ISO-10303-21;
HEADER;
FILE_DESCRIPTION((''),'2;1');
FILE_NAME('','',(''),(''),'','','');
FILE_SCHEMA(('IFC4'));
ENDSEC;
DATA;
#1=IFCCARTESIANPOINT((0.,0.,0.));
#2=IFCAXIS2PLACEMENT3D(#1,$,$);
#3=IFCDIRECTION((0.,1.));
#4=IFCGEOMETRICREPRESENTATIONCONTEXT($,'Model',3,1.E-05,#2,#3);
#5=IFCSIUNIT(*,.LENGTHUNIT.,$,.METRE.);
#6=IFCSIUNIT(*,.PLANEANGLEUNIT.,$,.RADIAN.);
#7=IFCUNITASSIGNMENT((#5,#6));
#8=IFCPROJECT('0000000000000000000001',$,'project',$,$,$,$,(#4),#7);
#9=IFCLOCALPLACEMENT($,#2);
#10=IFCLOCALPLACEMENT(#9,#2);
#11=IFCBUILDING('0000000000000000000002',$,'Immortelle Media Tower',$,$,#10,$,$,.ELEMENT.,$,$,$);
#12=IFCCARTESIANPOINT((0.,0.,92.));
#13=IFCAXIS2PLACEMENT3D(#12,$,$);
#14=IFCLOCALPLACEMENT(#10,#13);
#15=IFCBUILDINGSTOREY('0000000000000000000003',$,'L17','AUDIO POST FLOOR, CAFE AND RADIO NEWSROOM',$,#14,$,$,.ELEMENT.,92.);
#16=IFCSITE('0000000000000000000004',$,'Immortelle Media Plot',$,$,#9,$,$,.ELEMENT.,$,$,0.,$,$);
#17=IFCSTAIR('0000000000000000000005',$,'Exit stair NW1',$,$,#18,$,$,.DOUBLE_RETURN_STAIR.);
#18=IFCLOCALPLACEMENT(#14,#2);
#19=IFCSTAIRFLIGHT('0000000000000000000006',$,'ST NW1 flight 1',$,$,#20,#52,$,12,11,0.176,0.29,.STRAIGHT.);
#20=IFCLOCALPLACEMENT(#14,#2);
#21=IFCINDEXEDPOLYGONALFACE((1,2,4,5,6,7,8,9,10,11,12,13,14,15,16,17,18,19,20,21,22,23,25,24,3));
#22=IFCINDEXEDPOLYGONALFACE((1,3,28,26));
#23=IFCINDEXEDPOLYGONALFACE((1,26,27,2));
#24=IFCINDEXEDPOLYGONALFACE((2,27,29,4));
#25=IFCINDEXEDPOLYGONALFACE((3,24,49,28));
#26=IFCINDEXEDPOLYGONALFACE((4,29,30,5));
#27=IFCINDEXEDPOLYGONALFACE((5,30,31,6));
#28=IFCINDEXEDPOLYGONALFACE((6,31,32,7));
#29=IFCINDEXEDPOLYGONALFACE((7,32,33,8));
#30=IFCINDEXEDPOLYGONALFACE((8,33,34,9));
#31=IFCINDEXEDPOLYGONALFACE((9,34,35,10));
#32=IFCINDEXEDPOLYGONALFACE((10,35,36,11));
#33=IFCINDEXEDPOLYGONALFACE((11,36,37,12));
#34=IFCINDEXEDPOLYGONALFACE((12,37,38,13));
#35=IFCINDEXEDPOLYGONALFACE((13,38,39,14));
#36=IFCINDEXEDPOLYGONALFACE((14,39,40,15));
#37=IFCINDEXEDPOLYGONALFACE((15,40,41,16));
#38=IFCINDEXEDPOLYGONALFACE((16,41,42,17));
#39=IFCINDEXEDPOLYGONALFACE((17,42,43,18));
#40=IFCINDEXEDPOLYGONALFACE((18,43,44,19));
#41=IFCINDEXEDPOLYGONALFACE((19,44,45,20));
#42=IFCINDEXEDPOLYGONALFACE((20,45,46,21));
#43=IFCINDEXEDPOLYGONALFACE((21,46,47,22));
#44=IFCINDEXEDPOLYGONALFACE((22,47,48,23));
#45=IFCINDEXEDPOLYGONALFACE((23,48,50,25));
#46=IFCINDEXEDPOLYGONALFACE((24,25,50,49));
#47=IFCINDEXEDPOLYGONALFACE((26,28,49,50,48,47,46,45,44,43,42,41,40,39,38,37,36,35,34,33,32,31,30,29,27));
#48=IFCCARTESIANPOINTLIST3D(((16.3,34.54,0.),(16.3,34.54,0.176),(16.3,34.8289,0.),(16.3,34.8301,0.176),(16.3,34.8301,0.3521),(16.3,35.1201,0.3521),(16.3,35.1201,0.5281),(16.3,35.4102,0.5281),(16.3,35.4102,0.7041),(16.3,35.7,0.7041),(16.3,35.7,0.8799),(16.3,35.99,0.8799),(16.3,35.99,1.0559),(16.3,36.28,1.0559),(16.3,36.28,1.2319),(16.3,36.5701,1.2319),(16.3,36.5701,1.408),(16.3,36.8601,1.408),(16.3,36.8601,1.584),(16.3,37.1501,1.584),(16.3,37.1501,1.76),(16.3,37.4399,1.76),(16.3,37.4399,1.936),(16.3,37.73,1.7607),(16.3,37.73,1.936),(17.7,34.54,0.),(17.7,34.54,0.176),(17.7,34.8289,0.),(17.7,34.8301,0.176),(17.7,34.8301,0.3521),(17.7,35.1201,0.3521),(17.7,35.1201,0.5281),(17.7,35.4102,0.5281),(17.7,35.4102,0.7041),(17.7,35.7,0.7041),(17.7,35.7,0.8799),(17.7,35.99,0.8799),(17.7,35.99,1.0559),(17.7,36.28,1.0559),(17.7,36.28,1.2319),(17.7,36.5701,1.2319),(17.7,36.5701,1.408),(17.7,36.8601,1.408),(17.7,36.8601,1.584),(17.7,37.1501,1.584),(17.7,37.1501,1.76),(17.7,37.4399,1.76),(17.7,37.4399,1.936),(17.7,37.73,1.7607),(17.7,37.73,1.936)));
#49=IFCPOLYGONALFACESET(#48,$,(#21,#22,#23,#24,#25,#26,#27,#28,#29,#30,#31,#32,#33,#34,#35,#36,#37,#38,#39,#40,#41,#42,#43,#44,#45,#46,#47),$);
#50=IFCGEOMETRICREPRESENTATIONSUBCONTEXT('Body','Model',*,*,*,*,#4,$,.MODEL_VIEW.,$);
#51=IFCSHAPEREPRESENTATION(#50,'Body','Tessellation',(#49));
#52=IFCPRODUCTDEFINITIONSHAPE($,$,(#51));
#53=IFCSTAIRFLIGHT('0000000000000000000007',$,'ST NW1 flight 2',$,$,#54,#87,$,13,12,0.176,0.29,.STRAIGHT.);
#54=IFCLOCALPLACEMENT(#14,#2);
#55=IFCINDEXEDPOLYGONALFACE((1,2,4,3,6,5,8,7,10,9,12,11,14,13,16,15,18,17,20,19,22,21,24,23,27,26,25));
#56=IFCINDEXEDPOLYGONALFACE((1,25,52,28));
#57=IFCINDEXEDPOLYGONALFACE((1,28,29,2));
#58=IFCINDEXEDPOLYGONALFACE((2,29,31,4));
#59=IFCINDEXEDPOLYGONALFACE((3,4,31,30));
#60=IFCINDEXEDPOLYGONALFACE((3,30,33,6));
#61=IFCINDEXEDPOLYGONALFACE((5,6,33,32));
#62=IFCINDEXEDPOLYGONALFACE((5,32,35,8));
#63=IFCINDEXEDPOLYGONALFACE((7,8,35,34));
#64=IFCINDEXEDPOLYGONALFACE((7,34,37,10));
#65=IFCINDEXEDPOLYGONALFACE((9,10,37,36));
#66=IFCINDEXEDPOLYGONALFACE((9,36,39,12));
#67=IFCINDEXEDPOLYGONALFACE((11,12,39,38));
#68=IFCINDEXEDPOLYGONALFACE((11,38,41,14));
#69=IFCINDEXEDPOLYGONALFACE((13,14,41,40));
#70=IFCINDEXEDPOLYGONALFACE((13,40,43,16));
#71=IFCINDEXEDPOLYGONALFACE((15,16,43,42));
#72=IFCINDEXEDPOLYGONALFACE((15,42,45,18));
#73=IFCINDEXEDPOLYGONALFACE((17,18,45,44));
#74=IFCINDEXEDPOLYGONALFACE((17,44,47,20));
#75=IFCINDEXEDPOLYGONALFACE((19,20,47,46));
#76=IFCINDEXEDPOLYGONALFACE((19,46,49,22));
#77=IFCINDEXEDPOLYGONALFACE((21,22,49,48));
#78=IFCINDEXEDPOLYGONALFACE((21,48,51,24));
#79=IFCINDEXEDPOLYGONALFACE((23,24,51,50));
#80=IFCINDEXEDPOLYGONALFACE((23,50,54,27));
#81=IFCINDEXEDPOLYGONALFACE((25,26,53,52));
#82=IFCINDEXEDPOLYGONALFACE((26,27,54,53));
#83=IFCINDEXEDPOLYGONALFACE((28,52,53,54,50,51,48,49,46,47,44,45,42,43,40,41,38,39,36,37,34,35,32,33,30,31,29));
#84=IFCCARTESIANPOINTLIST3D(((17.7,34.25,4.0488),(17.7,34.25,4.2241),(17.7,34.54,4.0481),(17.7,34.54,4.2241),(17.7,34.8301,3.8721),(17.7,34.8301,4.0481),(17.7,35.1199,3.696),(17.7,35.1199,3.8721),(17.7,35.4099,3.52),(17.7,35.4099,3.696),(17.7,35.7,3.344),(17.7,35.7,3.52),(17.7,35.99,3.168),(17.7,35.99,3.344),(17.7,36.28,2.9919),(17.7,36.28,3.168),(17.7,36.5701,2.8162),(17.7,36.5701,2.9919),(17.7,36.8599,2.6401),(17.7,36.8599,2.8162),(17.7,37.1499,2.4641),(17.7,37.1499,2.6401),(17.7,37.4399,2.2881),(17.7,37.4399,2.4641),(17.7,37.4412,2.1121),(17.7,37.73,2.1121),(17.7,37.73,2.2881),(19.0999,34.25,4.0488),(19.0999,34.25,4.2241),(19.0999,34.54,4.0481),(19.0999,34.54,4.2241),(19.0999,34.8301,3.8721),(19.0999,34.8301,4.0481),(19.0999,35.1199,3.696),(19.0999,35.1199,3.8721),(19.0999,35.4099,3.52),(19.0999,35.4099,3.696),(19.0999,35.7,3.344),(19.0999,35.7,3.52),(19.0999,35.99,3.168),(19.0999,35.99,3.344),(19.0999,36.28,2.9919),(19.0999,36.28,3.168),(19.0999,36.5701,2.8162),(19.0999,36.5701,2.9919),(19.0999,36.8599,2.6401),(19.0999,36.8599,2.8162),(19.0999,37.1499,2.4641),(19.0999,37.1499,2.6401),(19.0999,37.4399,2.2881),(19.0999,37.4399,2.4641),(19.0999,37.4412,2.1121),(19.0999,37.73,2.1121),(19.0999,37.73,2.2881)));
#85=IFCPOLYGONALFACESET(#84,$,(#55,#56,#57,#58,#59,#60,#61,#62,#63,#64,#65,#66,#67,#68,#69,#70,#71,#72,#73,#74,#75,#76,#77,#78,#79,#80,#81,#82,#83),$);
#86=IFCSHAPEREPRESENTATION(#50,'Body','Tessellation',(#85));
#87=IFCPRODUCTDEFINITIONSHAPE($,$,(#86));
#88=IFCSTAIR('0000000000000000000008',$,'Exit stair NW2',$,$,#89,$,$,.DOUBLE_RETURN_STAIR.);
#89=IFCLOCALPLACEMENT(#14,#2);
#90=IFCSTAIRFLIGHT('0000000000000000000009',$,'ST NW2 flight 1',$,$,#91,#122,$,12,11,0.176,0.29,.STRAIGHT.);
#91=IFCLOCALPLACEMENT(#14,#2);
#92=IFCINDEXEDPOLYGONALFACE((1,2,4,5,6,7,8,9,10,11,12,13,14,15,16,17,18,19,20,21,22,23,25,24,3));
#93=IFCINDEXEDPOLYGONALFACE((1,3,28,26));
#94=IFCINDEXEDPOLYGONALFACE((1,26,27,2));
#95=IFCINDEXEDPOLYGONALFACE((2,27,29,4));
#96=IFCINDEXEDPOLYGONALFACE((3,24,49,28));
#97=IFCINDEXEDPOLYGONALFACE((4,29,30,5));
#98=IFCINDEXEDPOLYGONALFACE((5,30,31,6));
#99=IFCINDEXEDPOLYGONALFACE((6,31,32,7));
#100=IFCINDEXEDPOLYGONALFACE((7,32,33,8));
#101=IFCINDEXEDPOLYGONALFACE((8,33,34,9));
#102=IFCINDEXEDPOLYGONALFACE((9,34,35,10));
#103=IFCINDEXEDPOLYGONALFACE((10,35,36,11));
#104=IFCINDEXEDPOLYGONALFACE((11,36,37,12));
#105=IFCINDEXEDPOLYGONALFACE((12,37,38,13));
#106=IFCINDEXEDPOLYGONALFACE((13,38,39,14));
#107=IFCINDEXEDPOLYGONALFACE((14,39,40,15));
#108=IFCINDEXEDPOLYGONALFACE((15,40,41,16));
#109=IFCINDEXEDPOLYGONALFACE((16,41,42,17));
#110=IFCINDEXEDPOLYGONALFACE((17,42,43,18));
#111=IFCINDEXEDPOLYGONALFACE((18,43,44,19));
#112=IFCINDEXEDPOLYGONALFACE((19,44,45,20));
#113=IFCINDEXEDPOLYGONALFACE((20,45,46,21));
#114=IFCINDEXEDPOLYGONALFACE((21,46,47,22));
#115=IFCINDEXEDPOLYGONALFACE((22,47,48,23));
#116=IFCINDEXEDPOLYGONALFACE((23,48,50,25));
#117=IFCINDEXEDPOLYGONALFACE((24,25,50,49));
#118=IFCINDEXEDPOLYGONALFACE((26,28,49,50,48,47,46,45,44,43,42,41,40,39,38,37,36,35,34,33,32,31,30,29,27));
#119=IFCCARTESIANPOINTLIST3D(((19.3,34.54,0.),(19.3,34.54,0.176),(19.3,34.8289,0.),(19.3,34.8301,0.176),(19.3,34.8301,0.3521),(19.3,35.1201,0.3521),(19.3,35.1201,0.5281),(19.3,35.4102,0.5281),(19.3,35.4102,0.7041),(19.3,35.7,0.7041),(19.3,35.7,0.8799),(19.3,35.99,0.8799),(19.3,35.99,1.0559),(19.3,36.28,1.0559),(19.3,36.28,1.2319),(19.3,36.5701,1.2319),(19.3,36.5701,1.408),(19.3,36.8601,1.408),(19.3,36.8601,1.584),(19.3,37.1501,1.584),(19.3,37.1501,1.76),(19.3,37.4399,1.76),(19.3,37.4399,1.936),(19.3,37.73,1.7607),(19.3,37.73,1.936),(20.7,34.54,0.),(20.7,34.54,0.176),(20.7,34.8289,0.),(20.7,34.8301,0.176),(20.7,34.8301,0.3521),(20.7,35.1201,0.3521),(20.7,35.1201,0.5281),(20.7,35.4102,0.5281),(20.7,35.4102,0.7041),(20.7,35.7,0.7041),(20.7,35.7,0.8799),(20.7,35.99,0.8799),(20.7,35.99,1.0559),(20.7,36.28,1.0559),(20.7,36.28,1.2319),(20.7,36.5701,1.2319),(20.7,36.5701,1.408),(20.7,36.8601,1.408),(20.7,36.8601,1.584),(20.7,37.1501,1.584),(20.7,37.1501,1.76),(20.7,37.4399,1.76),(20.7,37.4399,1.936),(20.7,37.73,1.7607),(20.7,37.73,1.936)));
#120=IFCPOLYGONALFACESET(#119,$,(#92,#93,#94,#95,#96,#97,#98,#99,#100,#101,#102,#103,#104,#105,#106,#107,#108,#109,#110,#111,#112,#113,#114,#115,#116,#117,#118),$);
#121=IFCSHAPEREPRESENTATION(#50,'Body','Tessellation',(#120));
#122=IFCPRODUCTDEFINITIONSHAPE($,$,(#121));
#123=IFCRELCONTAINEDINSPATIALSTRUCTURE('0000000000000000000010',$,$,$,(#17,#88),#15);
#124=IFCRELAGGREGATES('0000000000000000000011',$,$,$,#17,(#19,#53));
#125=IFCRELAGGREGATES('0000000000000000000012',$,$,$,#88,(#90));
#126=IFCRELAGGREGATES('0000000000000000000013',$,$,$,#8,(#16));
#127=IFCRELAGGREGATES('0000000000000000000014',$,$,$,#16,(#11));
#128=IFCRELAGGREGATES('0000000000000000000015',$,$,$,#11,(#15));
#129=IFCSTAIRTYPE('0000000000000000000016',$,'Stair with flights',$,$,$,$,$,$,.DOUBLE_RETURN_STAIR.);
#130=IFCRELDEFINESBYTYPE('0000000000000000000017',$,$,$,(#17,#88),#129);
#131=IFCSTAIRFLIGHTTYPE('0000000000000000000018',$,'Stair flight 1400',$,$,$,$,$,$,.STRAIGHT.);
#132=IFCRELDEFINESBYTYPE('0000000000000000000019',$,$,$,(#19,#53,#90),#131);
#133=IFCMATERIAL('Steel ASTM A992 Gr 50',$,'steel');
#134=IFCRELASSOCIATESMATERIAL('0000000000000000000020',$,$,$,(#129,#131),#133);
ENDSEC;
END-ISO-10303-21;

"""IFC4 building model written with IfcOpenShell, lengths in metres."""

from ifc_helpers import new_model, si_unit, direction, frame, origin, place, context, subcontext, project, spatial, polyline, outline, extrude, material, type_object, element, aggregate, save


model = new_model("IFC4")

# Units and contexts
model_context = context("Model", 3, precision=1e-05, world=origin(), true_north=direction((0.0, 1.0)))
body_context = subcontext(model_context, "Body", "Model", "MODEL_VIEW")
ifc_project = project(units=[si_unit("LENGTHUNIT", "METRE"), si_unit("PLANEANGLEUNIT", "RADIAN")], contexts=[model_context])

# Site, building, storey
site_placement = place(None, origin())
site = spatial("IfcSite", under=ifc_project, at=site_placement, Name="Immortelle Media Plot", CompositionType="ELEMENT", RefElevation=0.0)
building_placement = place(site_placement, origin())
building = spatial("IfcBuilding", under=site, at=building_placement, Name="Immortelle Media Tower", CompositionType="ELEMENT")
storey_placement = place(building_placement, frame((0.0, 0.0, 92.0)))
storey = spatial("IfcBuildingStorey", under=building, at=storey_placement, Name="L17", Description="AUDIO POST FLOOR, CAFE AND RADIO NEWSROOM", CompositionType="ELEMENT", Elevation=92.0)

# Stair, stair flights
ifc_material_1 = material(Name="Steel ASTM A992 Gr 50", Category="steel")
stair_type = type_object("IfcStairType", Name="Stair with flights", PredefinedType="DOUBLE_RETURN_STAIR", material=ifc_material_1)
stair_1_placement = place(storey_placement, origin())
stair_1 = element("IfcStair", 1, at=stair_1_placement, inside=storey, type_object=stair_type, Name="Exit stair NW1", PredefinedType="DOUBLE_RETURN_STAIR")
stair_flight_type = type_object("IfcStairFlightType", Name="Stair flight 1400", PredefinedType="STRAIGHT", material=ifc_material_1)
stair_flight_1_placement = place(storey_placement, frame((17.0, 34.54, 0.0), z_axis=(0.0, 0.0, 1.0), x_axis=(0.0, 1.0, 0.0)))
stair_flight_1 = element("IfcStairFlight", 2, at=stair_flight_1_placement, type_object=stair_flight_type, Name="ST NW1 flight 1", NumberOfRisers=12, NumberOfTreads=11, PredefinedType="STRAIGHT", RiserHeight=0.176, TreadLength=0.29, context=body_context, shape_type="SweptSolid", body=[
    extrude(outline(polyline([(0.0, 0.0), (0.0, 0.176), (0.29, 0.176), (0.29, 0.3521), (0.5801, 0.3521), (0.5801, 0.5281), (0.8701, 0.5281), (0.8701, 0.7041), (1.1599, 0.7041), (1.1599, 0.8799), (1.45, 0.8799), (1.45, 1.0559), (1.74, 1.0559), (1.74, 1.2319), (2.03, 1.2319), (2.03, 1.408), (2.3201, 1.408), (2.3201, 1.584), (2.6101, 1.584), (2.6101, 1.76), (2.8999, 1.76), (2.8999, 1.936), (3.1899, 1.936), (3.1899, 2.1121), (3.1899, 1.7607), (0.2888, 0.0), (0.0, 0.0)])), frame((0.0, 0.7, 0.0), z_axis=(0.0, -1.0, 0.0), x_axis=(1.0, 0.0, 0.0)), (0.0, 0.0, 1.0), 1.3999),
])
stair_flight_2_placement = place(storey_placement, frame((18.3999, 37.73, 2.1121), z_axis=(0.0, 0.0, 1.0), x_axis=(0.0, -1.0, 0.0)))
stair_flight_2 = element("IfcStairFlight", 3, at=stair_flight_2_placement, type_object=stair_flight_type, Name="ST NW1 flight 2", NumberOfRisers=13, NumberOfTreads=12, PredefinedType="STRAIGHT", RiserHeight=0.176, TreadLength=0.29, context=body_context, shape_type="SweptSolid", body=[
    extrude(outline(polyline([(0.0, 0.0), (0.0, 0.176), (0.29, 0.176), (0.29, 0.3521), (0.5801, 0.3521), (0.5801, 0.5281), (0.8701, 0.5281), (0.8701, 0.7041), (1.1599, 0.7041), (1.1599, 0.8799), (1.45, 0.8799), (1.45, 1.0559), (1.74, 1.0559), (1.74, 1.2319), (2.03, 1.2319), (2.03, 1.408), (2.3201, 1.408), (2.3201, 1.584), (2.6101, 1.584), (2.6101, 1.76), (2.8999, 1.76), (2.8999, 1.936), (3.1899, 1.936), (3.1899, 2.1121), (3.48, 2.1121), (3.48, 2.2881), (3.48, 1.9368), (0.2888, 0.0), (0.0, 0.0)])), frame((0.0, 0.7, 0.0), z_axis=(0.0, -1.0, 0.0), x_axis=(1.0, 0.0, 0.0)), (0.0, 0.0, 1.0), 1.3999),
])
aggregate(stair_1, [stair_flight_1, stair_flight_2])

# Stair, stair flight
stair_2_placement = place(storey_placement, origin())
stair_2 = element("IfcStair", 4, at=stair_2_placement, inside=storey, type_object=stair_type, Name="Exit stair NW2", PredefinedType="DOUBLE_RETURN_STAIR")
stair_flight_3_placement = place(storey_placement, frame((20.0, 34.54, 0.0), z_axis=(0.0, 0.0, 1.0), x_axis=(0.0, 1.0, 0.0)))
stair_flight_3 = element("IfcStairFlight", 5, at=stair_flight_3_placement, type_object=stair_flight_type, Name="ST NW2 flight 1", NumberOfRisers=12, NumberOfTreads=11, PredefinedType="STRAIGHT", RiserHeight=0.176, TreadLength=0.29, context=body_context, shape_type="SweptSolid", body=[
    extrude(outline(polyline([(0.0, 0.0), (0.0, 0.176), (0.29, 0.176), (0.29, 0.3521), (0.5801, 0.3521), (0.5801, 0.5281), (0.8701, 0.5281), (0.8701, 0.7041), (1.1599, 0.7041), (1.1599, 0.8799), (1.45, 0.8799), (1.45, 1.0559), (1.74, 1.0559), (1.74, 1.2319), (2.03, 1.2319), (2.03, 1.408), (2.3201, 1.408), (2.3201, 1.584), (2.6101, 1.584), (2.6101, 1.76), (2.8999, 1.76), (2.8999, 1.936), (3.1899, 1.936), (3.1899, 2.1121), (3.1899, 1.7607), (0.2888, 0.0), (0.0, 0.0)])), frame((0.0, 0.7, 0.0), z_axis=(0.0, -1.0, 0.0), x_axis=(1.0, 0.0, 0.0)), (0.0, 0.0, 1.0), 1.3999),
])
aggregate(stair_2, [stair_flight_3])

save(model, "model.ifc")
